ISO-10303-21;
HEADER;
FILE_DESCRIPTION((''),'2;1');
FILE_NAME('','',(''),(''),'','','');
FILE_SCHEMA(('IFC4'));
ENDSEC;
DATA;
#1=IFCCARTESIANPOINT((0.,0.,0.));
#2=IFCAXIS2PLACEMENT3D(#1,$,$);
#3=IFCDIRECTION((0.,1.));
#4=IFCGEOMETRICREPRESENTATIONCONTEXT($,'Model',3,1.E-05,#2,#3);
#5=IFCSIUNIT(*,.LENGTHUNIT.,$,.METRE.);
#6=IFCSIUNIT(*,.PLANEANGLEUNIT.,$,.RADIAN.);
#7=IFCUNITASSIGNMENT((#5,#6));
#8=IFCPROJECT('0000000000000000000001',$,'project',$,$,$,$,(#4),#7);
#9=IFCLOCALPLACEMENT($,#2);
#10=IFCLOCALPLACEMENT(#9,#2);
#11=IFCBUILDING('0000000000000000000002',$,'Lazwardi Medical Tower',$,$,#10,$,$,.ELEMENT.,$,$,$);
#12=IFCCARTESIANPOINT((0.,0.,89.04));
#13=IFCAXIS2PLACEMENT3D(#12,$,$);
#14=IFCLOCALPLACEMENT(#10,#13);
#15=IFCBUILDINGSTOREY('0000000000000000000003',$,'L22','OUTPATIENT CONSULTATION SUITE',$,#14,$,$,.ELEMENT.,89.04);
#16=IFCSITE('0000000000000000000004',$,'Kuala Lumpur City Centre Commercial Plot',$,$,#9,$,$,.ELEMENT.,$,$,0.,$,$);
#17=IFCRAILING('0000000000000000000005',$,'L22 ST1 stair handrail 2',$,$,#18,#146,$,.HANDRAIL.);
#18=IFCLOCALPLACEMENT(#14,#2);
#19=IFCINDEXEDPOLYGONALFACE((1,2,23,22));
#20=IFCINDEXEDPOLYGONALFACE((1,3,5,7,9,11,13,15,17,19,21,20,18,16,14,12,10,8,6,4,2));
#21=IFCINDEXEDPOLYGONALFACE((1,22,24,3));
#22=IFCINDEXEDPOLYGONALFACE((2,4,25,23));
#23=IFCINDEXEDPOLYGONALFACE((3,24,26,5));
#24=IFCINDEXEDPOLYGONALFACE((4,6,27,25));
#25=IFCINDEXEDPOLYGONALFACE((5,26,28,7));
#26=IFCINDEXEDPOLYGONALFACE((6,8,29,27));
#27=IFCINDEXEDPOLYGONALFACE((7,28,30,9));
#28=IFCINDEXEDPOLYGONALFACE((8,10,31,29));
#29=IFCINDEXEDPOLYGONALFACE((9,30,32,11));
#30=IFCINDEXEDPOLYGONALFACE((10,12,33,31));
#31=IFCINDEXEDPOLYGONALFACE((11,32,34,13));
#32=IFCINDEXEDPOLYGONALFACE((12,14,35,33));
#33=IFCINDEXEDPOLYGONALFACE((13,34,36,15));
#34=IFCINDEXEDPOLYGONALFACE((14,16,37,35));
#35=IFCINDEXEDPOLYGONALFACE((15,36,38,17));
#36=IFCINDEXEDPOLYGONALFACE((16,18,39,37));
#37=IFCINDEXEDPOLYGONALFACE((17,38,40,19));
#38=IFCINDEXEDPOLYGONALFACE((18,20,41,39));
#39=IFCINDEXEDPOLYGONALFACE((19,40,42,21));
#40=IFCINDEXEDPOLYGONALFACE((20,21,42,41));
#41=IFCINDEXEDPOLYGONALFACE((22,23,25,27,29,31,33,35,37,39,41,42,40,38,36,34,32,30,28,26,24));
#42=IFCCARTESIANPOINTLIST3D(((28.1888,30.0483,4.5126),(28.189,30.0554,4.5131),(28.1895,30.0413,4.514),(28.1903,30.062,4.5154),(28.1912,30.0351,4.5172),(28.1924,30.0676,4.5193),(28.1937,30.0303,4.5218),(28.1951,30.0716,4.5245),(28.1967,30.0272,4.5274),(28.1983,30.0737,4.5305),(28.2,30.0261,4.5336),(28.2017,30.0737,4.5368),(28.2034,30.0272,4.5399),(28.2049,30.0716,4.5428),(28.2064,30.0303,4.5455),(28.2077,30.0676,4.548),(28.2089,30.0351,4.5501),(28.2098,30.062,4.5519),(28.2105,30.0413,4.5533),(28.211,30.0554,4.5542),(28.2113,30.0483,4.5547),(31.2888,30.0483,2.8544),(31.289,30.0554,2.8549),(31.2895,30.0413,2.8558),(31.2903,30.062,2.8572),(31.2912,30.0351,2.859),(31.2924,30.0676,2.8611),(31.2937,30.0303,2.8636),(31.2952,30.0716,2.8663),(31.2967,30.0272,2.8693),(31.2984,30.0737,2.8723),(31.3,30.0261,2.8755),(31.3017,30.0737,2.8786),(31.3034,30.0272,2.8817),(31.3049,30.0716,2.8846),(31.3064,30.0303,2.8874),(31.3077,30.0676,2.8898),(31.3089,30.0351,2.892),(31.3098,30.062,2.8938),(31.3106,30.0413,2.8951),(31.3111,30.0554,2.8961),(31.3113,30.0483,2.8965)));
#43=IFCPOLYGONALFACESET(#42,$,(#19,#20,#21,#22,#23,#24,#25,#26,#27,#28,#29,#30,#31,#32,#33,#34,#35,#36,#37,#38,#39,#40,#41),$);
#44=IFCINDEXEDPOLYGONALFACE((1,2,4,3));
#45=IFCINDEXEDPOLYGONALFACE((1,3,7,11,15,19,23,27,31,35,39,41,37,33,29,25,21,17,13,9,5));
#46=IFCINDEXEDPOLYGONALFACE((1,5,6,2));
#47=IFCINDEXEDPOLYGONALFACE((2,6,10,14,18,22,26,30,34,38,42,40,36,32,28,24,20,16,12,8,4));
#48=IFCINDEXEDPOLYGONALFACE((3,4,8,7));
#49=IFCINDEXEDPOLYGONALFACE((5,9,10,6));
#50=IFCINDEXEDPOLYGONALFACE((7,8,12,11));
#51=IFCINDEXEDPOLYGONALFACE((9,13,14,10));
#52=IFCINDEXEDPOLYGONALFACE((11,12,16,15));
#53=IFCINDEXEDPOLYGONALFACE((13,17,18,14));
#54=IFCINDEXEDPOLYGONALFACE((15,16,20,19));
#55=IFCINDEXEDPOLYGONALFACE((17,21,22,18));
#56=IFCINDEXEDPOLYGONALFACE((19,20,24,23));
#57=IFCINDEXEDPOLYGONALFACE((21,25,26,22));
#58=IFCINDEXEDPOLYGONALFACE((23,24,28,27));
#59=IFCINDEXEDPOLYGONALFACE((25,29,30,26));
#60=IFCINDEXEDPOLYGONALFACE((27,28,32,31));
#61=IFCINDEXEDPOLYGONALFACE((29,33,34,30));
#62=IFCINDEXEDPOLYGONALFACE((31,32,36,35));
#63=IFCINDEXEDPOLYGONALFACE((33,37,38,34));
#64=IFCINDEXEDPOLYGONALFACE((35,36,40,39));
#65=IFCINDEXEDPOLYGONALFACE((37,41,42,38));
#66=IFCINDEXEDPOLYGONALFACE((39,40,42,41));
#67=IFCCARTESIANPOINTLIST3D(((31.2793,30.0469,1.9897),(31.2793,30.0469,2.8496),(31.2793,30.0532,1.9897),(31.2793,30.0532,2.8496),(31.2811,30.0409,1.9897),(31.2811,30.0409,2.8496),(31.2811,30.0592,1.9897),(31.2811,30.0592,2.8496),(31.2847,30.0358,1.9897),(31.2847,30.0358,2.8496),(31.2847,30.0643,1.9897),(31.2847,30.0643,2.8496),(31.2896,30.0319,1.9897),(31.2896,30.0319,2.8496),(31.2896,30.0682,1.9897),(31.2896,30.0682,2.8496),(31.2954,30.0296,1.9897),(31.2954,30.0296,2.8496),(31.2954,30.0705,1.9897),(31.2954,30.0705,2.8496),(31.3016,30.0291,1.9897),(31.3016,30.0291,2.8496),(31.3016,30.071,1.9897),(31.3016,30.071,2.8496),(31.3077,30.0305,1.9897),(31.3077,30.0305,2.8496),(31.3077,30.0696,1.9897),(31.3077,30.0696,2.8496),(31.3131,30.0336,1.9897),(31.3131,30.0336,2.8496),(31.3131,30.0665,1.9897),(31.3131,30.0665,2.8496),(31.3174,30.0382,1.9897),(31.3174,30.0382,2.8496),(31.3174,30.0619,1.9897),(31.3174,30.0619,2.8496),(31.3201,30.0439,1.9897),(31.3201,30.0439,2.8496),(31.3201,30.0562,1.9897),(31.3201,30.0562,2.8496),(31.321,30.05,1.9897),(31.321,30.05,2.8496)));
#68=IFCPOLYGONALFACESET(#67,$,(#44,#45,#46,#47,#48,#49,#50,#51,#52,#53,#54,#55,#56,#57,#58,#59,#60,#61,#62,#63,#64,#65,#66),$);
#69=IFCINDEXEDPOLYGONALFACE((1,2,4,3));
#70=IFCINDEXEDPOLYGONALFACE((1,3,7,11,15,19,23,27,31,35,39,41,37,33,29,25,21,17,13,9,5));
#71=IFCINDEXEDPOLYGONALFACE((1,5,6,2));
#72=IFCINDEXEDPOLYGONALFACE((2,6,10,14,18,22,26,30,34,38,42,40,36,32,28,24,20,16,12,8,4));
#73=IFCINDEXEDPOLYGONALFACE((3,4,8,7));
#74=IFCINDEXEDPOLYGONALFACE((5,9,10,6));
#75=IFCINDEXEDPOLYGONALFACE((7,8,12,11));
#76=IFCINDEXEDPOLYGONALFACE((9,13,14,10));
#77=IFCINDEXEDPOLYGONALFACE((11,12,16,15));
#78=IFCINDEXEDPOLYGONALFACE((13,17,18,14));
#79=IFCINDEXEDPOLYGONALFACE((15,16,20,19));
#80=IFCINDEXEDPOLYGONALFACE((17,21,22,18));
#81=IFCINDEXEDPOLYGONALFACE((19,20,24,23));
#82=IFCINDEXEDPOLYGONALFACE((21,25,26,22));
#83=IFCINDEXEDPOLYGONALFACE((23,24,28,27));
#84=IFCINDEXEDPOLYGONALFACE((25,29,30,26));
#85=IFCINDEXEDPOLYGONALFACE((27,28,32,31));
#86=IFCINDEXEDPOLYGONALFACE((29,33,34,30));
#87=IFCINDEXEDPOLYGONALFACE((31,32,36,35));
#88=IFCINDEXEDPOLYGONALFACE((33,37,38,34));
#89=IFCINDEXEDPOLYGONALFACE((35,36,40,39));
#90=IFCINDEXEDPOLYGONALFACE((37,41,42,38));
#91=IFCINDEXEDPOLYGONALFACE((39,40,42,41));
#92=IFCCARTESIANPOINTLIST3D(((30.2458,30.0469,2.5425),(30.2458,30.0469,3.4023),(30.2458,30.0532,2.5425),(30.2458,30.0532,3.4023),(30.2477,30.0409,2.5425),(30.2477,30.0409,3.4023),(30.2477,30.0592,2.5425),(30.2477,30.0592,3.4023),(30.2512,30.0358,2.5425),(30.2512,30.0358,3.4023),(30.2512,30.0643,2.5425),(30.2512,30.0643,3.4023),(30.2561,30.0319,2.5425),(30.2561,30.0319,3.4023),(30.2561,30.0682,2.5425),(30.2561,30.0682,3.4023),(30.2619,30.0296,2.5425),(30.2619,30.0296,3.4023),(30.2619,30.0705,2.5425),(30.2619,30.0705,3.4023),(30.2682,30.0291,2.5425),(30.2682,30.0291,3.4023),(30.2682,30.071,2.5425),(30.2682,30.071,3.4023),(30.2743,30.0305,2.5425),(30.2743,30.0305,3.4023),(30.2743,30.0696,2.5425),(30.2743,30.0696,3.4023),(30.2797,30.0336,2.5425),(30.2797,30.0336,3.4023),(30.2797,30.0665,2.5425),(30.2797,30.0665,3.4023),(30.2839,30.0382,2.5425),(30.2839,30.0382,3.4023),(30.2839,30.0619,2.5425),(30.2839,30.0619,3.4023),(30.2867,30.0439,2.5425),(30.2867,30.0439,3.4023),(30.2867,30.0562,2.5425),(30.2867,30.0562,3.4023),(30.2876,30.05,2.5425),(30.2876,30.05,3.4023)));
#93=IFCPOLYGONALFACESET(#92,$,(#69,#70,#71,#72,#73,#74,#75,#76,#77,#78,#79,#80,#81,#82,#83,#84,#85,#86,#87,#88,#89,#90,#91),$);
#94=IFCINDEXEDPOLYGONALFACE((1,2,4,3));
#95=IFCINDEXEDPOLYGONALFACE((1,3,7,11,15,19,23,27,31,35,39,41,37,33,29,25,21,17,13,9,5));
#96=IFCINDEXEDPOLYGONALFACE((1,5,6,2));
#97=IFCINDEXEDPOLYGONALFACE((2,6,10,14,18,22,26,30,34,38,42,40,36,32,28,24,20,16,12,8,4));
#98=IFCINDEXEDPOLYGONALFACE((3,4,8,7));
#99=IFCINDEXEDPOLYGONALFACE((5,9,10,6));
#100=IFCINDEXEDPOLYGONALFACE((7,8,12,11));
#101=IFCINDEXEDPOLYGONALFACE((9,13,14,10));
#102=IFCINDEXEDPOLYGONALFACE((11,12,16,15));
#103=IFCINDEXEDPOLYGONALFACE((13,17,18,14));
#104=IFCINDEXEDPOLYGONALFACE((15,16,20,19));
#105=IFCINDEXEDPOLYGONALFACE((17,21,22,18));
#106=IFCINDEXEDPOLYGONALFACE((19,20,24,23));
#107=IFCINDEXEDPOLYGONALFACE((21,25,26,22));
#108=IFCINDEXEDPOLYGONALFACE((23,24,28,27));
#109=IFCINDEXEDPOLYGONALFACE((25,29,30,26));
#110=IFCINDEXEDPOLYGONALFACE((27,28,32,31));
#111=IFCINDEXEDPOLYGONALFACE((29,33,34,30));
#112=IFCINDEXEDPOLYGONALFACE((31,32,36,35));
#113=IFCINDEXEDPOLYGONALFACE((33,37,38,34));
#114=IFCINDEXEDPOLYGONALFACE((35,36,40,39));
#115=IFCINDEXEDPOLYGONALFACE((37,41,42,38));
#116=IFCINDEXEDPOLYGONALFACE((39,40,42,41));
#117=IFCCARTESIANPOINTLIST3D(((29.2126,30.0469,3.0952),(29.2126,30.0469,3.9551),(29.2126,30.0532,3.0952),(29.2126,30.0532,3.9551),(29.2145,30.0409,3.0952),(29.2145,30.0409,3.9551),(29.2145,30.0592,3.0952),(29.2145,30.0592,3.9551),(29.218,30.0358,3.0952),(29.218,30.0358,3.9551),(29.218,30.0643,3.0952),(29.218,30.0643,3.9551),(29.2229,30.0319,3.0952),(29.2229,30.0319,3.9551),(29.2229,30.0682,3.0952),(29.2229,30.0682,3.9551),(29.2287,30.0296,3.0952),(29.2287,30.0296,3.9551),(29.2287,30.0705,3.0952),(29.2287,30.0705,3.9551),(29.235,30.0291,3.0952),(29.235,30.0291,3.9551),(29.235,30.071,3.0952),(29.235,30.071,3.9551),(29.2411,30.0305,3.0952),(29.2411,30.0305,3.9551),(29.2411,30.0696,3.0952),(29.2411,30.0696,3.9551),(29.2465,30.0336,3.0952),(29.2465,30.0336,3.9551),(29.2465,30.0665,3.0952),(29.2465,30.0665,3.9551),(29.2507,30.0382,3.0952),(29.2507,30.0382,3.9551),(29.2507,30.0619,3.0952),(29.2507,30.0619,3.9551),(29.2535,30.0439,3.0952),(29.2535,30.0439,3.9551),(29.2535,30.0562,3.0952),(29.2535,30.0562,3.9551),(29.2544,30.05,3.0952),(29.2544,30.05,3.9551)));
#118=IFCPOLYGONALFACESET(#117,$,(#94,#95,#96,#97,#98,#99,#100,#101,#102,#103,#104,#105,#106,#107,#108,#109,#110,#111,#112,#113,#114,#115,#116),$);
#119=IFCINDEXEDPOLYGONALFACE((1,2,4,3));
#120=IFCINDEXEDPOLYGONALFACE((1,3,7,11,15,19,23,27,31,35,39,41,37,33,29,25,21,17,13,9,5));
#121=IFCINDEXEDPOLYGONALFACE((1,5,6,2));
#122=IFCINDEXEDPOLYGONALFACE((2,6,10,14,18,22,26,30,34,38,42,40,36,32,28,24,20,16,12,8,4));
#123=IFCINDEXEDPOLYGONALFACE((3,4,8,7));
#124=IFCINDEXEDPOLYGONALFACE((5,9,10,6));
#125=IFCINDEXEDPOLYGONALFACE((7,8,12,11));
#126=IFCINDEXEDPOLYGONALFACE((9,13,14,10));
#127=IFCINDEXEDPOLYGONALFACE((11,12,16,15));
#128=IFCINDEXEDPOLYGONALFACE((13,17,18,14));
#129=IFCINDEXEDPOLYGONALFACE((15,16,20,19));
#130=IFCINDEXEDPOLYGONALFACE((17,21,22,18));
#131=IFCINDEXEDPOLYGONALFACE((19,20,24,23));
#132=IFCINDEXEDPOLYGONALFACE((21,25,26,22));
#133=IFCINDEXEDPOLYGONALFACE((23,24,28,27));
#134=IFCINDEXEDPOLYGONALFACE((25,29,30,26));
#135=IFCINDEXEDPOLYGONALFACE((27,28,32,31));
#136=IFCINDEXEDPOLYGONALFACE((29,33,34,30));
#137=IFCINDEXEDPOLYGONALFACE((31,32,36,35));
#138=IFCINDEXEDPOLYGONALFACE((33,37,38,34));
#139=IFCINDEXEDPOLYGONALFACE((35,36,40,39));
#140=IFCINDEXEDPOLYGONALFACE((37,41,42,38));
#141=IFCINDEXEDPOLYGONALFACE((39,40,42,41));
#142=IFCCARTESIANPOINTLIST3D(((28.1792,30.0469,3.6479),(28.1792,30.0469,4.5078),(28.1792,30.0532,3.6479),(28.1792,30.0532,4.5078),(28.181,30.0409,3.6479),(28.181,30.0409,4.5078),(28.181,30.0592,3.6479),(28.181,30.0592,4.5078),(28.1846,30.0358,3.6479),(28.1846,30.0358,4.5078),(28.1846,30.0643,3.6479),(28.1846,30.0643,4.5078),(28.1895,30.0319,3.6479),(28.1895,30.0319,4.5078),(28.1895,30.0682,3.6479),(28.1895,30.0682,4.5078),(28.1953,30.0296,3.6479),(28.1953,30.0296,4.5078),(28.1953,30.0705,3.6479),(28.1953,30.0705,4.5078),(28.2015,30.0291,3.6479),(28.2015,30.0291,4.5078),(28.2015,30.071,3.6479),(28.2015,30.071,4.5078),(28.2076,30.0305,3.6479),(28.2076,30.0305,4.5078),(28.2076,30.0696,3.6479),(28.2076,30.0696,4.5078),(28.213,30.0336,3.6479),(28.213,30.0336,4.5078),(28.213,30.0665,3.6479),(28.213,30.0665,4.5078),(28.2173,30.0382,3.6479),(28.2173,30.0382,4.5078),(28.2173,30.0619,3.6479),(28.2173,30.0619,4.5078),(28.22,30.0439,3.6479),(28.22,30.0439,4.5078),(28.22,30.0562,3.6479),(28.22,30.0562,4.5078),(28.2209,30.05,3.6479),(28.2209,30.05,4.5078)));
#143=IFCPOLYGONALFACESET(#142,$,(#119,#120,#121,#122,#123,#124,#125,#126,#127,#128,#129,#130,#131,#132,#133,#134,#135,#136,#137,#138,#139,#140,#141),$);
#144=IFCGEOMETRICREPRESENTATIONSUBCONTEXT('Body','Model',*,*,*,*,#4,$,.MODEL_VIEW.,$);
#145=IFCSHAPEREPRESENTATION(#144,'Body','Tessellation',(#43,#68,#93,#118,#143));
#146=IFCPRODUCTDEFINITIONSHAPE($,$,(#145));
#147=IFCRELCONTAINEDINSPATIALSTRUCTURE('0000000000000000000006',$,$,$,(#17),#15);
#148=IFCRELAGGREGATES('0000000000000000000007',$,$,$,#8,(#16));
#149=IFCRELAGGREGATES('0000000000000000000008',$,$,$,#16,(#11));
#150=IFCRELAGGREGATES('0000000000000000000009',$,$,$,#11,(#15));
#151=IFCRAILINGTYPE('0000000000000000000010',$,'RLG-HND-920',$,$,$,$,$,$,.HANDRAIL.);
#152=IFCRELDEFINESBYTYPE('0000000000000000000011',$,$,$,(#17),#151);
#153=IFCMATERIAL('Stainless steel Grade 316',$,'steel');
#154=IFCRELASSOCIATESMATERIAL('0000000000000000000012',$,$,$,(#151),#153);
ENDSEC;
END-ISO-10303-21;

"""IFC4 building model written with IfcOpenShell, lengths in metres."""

from ifc_helpers import new_model, si_unit, direction, frame, origin, origin_2d, place, context, subcontext, project, spatial, circle, extrude, material, type_object, element, save


model = new_model("IFC4")

# Units and contexts
model_context = context("Model", 3, precision=1e-05, world=origin(), true_north=direction((0.0, 1.0)))
body_context = subcontext(model_context, "Body", "Model", "MODEL_VIEW")
ifc_project = project(units=[si_unit("LENGTHUNIT", "METRE"), si_unit("PLANEANGLEUNIT", "RADIAN")], contexts=[model_context])

# Site, building, storey
site_placement = place(None, origin())
site = spatial("IfcSite", under=ifc_project, at=site_placement, Name="Kuala Lumpur City Centre Commercial Plot", CompositionType="ELEMENT", RefElevation=0.0)
building_placement = place(site_placement, origin())
building = spatial("IfcBuilding", under=site, at=building_placement, Name="Lazwardi Medical Tower", CompositionType="ELEMENT")
storey_placement = place(building_placement, frame((0.0, 0.0, 89.04)))
storey = spatial("IfcBuildingStorey", under=building, at=storey_placement, Name="L22", Description="OUTPATIENT CONSULTATION SUITE", CompositionType="ELEMENT", Elevation=89.04)

# Railing
ifc_material_1 = material(Name="Stainless steel Grade 316", Category="steel")
railing_type = type_object("IfcRailingType", Name="RLG-HND-920", PredefinedType="HANDRAIL", material=ifc_material_1)
railing_placement = place(storey_placement, frame((31.3, 30.05, 1.9897)))
element("IfcRailing", 1, at=railing_placement, inside=storey, type_object=railing_type, Name="L22 ST1 stair handrail 2", PredefinedType="HANDRAIL", context=body_context, shape_type="SweptSolid", body=[
    extrude(circle(Radius=0.0239, at=origin_2d()), frame((0.0, 0.0, 0.8857), z_axis=(-0.881783, 0.0, 0.471655), x_axis=(0.0, -1.0, 0.0)), (0.0, 0.0, 1.0), 3.5156),
    extrude(circle(Radius=0.021, at=origin_2d()), origin(), (0.0, 0.0, 1.0), 0.8599),
    extrude(circle(Radius=0.021, at=origin_2d()), frame((-1.0334, 0.0, 0.5527)), (0.0, 0.0, 1.0), 0.8599),
    extrude(circle(Radius=0.021, at=origin_2d()), frame((-2.0667, 0.0, 1.1055)), (0.0, 0.0, 1.0), 0.8599),
    extrude(circle(Radius=0.021, at=origin_2d()), frame((-3.1001, 0.0, 1.6582)), (0.0, 0.0, 1.0), 0.8599),
])

save(model, "model.ifc")
